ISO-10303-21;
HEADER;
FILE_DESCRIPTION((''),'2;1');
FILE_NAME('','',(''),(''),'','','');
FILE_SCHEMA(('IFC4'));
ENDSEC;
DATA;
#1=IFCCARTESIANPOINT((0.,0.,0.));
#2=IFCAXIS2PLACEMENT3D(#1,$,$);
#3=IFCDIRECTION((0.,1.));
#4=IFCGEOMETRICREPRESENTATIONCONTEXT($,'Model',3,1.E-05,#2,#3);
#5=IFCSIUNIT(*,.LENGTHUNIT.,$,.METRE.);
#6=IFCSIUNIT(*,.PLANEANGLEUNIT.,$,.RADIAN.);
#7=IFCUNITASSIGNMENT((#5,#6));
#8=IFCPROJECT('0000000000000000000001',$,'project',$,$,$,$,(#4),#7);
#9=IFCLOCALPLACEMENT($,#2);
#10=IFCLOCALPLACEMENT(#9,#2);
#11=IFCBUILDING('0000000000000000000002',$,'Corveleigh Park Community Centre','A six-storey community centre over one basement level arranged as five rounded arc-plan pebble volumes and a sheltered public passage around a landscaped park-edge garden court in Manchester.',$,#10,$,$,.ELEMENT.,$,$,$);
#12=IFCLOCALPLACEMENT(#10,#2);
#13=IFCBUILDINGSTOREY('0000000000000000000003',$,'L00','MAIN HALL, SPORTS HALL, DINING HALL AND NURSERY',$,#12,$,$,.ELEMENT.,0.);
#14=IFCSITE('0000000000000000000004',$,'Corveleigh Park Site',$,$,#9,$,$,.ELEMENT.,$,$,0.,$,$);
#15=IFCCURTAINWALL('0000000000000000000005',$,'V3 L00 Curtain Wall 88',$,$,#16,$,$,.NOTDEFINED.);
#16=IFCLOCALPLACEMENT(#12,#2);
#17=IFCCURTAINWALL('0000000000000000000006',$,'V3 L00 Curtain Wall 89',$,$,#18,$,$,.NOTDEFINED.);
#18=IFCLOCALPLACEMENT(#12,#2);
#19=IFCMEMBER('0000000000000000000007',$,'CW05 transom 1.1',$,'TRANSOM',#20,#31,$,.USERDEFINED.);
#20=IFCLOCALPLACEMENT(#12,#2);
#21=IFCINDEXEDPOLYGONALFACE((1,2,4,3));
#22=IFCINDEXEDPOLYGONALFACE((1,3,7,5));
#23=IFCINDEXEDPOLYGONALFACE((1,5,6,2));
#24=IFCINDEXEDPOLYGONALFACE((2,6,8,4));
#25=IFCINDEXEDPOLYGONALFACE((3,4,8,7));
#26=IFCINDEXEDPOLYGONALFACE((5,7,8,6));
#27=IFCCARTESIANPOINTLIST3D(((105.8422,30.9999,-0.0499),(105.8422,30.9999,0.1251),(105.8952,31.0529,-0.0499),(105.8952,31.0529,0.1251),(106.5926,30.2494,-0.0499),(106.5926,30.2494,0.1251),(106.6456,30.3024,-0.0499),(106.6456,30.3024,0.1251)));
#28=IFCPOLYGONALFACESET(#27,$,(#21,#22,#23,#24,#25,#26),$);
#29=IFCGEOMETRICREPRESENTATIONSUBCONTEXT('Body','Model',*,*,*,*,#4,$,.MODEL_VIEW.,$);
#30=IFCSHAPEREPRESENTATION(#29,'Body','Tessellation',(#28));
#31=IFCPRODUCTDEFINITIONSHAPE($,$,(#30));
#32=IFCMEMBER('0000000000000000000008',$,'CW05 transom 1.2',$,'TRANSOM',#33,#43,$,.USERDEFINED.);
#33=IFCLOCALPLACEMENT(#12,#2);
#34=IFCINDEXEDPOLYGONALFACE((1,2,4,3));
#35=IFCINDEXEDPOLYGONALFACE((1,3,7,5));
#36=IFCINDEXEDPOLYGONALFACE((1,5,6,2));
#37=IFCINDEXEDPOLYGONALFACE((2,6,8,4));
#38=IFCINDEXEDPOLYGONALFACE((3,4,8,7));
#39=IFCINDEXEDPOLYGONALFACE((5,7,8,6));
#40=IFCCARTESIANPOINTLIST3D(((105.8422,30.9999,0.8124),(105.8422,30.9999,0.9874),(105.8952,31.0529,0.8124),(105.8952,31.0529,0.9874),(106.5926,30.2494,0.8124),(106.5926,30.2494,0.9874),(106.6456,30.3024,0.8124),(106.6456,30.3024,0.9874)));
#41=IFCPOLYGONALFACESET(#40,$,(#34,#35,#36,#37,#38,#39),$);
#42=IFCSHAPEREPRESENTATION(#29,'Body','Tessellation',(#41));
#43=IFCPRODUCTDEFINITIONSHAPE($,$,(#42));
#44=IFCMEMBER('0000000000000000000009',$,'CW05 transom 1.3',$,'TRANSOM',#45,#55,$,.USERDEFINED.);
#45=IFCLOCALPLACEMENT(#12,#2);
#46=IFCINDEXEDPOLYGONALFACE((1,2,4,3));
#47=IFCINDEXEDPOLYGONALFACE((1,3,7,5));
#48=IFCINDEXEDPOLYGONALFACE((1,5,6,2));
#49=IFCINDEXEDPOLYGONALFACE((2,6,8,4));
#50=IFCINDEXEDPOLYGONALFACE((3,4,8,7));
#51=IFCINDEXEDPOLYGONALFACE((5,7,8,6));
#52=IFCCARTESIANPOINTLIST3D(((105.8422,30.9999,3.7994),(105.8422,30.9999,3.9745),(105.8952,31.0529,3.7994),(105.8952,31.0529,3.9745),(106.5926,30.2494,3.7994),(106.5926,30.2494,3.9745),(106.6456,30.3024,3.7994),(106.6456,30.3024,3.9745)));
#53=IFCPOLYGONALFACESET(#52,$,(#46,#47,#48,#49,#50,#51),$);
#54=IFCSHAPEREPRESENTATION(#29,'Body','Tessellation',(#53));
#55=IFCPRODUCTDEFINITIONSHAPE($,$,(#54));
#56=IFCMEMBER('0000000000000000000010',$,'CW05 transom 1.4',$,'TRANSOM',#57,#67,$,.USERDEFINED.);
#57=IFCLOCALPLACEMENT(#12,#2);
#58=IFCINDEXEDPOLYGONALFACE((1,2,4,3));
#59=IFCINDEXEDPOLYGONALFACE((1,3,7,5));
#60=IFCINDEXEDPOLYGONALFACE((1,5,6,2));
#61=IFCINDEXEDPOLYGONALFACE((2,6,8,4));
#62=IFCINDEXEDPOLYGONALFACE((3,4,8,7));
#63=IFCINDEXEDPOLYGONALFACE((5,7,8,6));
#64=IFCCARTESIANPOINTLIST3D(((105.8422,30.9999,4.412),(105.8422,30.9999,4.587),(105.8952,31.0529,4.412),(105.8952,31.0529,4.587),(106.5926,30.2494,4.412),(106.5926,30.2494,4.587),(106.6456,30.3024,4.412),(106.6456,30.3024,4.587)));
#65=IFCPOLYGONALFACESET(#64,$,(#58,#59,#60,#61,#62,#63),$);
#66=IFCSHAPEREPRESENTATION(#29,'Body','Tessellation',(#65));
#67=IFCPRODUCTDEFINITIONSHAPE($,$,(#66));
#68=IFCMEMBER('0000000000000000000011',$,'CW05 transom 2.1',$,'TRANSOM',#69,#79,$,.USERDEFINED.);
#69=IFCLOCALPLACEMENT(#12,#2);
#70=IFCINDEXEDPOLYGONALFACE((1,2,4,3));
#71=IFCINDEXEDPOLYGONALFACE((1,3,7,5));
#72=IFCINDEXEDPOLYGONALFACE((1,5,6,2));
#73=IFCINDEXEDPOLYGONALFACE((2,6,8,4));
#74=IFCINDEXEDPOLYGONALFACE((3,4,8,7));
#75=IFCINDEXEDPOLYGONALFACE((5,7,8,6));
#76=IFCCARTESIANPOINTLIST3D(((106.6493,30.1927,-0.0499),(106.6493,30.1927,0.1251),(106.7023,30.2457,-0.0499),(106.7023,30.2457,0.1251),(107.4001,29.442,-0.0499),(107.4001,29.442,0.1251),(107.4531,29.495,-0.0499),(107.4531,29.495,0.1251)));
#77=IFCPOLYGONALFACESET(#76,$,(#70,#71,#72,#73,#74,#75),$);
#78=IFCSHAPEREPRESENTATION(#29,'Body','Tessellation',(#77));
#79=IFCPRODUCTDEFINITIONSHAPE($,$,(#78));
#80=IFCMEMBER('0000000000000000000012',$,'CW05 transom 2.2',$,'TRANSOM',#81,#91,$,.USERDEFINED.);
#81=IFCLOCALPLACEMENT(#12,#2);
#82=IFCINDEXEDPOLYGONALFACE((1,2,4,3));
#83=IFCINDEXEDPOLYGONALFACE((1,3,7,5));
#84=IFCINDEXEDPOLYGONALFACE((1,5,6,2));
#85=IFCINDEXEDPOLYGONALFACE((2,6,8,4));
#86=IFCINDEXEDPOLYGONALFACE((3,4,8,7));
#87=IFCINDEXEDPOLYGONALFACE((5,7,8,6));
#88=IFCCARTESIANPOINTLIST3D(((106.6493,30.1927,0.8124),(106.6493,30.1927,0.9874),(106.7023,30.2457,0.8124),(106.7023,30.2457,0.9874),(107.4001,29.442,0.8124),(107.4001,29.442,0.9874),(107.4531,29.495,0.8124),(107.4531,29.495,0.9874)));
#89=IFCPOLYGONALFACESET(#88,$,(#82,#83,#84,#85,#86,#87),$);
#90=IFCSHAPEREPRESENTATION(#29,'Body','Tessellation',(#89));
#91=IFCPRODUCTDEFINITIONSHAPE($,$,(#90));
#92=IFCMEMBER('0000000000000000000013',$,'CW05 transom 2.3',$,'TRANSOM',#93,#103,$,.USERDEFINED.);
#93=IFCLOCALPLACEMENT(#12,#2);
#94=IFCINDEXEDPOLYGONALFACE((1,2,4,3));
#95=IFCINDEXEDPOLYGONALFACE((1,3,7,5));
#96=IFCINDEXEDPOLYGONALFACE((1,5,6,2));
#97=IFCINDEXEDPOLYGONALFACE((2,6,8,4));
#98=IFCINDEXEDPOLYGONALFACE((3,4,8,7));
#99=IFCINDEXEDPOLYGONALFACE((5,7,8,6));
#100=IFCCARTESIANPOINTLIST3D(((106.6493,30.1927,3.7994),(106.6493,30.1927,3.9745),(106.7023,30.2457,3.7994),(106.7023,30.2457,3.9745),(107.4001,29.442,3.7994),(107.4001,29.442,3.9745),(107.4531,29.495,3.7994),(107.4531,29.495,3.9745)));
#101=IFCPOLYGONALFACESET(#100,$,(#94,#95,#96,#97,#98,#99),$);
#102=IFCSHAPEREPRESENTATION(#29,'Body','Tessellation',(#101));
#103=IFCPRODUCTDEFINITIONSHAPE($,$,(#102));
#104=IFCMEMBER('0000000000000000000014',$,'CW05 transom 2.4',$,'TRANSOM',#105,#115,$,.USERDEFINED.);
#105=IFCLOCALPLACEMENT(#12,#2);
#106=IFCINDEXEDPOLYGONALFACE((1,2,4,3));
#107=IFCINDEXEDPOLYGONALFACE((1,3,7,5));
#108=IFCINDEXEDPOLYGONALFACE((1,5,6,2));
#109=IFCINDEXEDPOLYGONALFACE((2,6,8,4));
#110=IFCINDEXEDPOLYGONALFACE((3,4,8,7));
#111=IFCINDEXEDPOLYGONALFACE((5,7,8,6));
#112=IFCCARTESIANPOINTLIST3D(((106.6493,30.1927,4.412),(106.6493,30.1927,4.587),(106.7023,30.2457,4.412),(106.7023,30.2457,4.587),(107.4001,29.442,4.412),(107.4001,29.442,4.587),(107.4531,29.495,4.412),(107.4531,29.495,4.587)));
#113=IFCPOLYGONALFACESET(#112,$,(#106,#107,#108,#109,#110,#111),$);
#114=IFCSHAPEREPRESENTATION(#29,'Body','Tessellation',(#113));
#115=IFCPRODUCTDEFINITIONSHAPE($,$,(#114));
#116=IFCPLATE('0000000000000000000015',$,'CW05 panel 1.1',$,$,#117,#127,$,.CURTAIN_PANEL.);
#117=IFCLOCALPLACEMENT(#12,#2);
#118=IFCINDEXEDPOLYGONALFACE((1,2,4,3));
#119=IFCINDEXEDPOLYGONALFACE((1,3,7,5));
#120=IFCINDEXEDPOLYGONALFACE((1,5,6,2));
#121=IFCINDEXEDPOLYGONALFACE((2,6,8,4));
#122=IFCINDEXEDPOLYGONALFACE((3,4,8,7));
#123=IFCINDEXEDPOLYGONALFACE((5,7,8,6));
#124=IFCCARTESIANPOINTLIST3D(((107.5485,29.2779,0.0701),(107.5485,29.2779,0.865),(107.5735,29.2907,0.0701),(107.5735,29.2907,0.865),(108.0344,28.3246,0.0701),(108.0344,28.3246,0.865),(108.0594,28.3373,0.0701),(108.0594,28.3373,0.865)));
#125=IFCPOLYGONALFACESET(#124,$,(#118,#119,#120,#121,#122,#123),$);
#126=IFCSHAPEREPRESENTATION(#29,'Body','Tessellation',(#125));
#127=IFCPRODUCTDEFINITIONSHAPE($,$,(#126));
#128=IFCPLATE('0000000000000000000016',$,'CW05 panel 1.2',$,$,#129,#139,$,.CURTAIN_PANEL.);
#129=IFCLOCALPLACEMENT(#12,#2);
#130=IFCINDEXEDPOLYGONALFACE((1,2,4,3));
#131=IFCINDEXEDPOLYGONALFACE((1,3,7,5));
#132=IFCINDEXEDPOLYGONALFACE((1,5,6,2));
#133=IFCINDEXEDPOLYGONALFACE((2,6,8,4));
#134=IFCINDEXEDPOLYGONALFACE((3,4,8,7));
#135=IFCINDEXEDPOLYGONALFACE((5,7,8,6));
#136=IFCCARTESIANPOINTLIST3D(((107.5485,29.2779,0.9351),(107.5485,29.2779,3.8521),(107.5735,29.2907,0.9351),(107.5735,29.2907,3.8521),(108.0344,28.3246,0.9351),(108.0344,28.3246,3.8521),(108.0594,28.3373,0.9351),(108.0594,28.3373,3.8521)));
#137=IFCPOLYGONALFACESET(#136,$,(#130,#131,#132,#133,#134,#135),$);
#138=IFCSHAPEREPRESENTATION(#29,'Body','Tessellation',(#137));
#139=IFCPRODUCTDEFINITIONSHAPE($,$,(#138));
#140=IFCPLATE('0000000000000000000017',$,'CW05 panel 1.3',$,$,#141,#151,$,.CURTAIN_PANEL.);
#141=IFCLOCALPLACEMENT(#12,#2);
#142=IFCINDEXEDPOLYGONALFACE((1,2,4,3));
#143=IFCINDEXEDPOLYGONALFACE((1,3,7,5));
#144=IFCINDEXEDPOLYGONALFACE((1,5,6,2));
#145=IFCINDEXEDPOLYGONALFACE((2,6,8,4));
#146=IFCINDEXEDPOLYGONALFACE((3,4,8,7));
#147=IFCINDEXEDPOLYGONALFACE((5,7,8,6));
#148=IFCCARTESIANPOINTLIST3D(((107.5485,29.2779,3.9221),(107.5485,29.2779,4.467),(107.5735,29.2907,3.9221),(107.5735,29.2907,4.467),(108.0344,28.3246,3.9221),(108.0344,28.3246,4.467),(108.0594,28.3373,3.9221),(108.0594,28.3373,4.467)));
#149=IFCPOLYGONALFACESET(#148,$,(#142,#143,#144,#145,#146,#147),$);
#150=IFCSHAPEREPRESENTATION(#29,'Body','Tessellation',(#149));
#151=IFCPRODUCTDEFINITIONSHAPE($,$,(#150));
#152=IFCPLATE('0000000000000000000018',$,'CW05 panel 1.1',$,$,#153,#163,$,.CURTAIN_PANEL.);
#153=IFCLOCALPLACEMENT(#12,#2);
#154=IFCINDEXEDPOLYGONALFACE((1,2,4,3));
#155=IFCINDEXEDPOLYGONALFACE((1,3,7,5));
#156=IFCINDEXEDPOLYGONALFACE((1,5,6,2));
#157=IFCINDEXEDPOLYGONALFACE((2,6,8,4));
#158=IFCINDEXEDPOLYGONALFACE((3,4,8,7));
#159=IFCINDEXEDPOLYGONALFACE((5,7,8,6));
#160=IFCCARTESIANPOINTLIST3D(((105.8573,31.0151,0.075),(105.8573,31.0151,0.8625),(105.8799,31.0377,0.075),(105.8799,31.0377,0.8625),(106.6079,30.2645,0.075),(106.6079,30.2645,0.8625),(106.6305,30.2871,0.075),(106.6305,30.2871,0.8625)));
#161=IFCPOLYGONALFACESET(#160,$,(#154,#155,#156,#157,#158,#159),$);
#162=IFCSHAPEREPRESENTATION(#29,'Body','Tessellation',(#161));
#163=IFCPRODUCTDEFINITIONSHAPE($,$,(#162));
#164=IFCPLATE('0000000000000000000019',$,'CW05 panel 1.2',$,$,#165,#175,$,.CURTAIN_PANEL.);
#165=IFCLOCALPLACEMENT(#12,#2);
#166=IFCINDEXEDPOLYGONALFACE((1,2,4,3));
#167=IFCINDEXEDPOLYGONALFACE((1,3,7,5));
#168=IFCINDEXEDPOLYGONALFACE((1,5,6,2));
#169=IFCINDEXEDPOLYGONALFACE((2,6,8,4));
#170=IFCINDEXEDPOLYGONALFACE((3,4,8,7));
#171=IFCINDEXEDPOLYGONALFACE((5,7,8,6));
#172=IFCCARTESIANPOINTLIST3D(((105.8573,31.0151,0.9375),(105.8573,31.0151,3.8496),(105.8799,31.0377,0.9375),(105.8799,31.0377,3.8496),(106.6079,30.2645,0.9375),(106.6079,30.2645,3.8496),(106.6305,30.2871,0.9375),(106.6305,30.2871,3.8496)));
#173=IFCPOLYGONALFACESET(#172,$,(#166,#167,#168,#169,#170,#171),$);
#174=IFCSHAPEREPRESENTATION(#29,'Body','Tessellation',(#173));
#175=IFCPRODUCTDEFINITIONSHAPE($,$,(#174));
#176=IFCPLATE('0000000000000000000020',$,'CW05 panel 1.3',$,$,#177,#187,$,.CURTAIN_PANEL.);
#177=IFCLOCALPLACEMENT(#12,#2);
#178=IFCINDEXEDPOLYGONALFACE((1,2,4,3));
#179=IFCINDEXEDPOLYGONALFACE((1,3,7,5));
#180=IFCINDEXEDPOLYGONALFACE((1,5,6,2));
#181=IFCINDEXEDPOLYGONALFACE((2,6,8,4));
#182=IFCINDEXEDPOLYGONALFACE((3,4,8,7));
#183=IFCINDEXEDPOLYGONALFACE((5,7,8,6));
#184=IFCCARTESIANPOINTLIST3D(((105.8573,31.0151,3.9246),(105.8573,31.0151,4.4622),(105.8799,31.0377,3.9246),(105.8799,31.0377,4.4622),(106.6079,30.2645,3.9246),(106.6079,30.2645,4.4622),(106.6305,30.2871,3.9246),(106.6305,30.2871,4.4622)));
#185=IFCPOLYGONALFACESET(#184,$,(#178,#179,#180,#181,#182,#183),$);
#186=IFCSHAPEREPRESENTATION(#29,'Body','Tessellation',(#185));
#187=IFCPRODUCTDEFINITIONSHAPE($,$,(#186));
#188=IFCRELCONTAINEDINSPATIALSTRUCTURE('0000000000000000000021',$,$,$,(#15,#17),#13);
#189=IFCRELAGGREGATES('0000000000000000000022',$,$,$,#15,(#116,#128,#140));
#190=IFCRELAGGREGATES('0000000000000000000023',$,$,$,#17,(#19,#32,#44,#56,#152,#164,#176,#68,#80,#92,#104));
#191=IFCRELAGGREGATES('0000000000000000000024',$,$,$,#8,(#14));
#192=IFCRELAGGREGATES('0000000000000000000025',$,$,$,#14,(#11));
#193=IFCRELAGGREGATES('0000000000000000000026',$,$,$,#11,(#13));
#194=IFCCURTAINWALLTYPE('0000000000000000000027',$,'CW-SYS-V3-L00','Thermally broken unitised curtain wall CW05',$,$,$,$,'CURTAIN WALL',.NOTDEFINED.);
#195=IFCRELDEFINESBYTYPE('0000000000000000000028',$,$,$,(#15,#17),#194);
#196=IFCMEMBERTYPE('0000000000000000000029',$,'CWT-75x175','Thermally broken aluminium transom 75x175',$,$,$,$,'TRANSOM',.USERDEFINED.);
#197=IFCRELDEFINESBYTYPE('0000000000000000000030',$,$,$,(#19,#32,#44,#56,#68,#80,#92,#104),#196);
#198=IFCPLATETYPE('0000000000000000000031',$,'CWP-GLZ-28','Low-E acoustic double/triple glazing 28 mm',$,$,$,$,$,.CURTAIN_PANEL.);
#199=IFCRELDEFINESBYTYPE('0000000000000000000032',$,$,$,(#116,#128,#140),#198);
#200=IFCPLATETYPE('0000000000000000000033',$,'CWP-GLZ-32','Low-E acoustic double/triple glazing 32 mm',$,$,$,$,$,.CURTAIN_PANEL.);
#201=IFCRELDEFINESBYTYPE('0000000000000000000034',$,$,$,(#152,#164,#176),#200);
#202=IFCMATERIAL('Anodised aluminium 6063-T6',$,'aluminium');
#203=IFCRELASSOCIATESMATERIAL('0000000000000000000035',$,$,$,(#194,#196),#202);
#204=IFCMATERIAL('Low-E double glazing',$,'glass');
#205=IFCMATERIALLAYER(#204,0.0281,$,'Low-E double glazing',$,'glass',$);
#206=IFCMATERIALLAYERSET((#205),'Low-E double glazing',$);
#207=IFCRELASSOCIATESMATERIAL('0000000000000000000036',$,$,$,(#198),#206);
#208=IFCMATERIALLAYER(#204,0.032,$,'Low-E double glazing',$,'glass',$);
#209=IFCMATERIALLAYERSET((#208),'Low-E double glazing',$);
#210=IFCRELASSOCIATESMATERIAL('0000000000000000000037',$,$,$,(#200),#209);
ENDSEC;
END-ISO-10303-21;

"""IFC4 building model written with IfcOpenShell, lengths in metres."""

from ifc_helpers import new_model, si_unit, direction, frame, origin, origin_2d, place, context, subcontext, project, spatial, rectangle, extrude, material, layer, layer_set, material_profile, profile_set, type_object, element, aggregate, save


model = new_model("IFC4")

# Units and contexts
model_context = context("Model", 3, precision=1e-05, world=origin(), true_north=direction((0.0, 1.0)))
body_context = subcontext(model_context, "Body", "Model", "MODEL_VIEW")
ifc_project = project(units=[si_unit("LENGTHUNIT", "METRE"), si_unit("PLANEANGLEUNIT", "RADIAN")], contexts=[model_context])

# Site, building, storey
site_placement = place(None, origin())
site = spatial("IfcSite", under=ifc_project, at=site_placement, Name="Corveleigh Park Site", CompositionType="ELEMENT", RefElevation=0.0)
building_placement = place(site_placement, origin())
building = spatial("IfcBuilding", under=site, at=building_placement, Name="Corveleigh Park Community Centre", Description="A six-storey community centre over one basement level arranged as five rounded arc-plan pebble volumes and a sheltered public passage around a landscaped park-edge garden court in Manchester.", CompositionType="ELEMENT")
storey_placement = place(building_placement, origin())
storey = spatial("IfcBuildingStorey", under=building, at=storey_placement, Name="L00", Description="MAIN HALL, SPORTS HALL, DINING HALL AND NURSERY", CompositionType="ELEMENT", Elevation=0.0)

# Curtain walls
ifc_material_1 = material(Name="Anodised aluminium 6063-T6", Category="aluminium")
curtain_wall_type = type_object("IfcCurtainWallType", Name="CW-SYS-V3-L00", Description="Thermally broken unitised curtain wall CW05", ElementType="CURTAIN WALL", PredefinedType="NOTDEFINED", material=ifc_material_1)
curtain_wall_1_placement = place(storey_placement, origin())
curtain_wall_1 = element("IfcCurtainWall", 1, at=curtain_wall_1_placement, inside=storey, type_object=curtain_wall_type, Name="V3 L00 Curtain Wall 88", PredefinedType="NOTDEFINED")
curtain_wall_2_placement = place(storey_placement, origin())
curtain_wall_2 = element("IfcCurtainWall", 2, at=curtain_wall_2_placement, inside=storey, type_object=curtain_wall_type, Name="V3 L00 Curtain Wall 89", PredefinedType="NOTDEFINED")

# Members
ifc_material_profile_1 = material_profile(ifc_material_1, rectangle(XDim=0.075, YDim=0.175, at=origin_2d()), Name="ALU-T75x175", Category="aluminium")
ifc_profile_set_1 = profile_set([ifc_material_profile_1], Name="Anodised aluminium 6063-T6")
member_type_1 = type_object("IfcMemberType", Name="CWT-75x175", Description="Thermally broken aluminium transom 75x175", ElementType="TRANSOM", PredefinedType="USERDEFINED", material=ifc_profile_set_1)
member_1_placement = place(storey_placement, frame((105.8687, 31.0264, 0.0376), z_axis=(0.707107, -0.707107, 0.0), x_axis=(0.707107, 0.707107, 0.0)))
member_1 = element("IfcMember", 3, at=member_1_placement, type_object=member_type_1, Name="CW05 transom 1.1", ObjectType="TRANSOM", PredefinedType="USERDEFINED", context=body_context, shape_type="SweptSolid", body=[
    extrude(rectangle(XDim=0.075, YDim=0.175, at=origin_2d()), origin(), (0.0, 0.0, 1.0), 1.0613),
])
member_2_placement = place(storey_placement, frame((105.8687, 31.0264, 0.8999), z_axis=(0.707107, -0.707107, 0.0), x_axis=(0.707107, 0.707107, 0.0)))
member_2 = element("IfcMember", 4, at=member_2_placement, type_object=member_type_1, Name="CW05 transom 1.2", ObjectType="TRANSOM", PredefinedType="USERDEFINED", context=body_context, shape_type="SweptSolid", body=[
    extrude(rectangle(XDim=0.075, YDim=0.175, at=origin_2d()), origin(), (0.0, 0.0, 1.0), 1.0613),
])
member_3_placement = place(storey_placement, frame((105.8687, 31.0264, 3.887), z_axis=(0.707107, -0.707107, 0.0), x_axis=(0.707107, 0.707107, 0.0)))
member_3 = element("IfcMember", 5, at=member_3_placement, type_object=member_type_1, Name="CW05 transom 1.3", ObjectType="TRANSOM", PredefinedType="USERDEFINED", context=body_context, shape_type="SweptSolid", body=[
    extrude(rectangle(XDim=0.075, YDim=0.175, at=origin_2d()), origin(), (0.0, 0.0, 1.0), 1.0613),
])
member_4_placement = place(storey_placement, frame((105.8687, 31.0264, 4.4995), z_axis=(0.707107, -0.707107, 0.0), x_axis=(0.707107, 0.707107, 0.0)))
member_4 = element("IfcMember", 6, at=member_4_placement, type_object=member_type_1, Name="CW05 transom 1.4", ObjectType="TRANSOM", PredefinedType="USERDEFINED", context=body_context, shape_type="SweptSolid", body=[
    extrude(rectangle(XDim=0.075, YDim=0.175, at=origin_2d()), origin(), (0.0, 0.0, 1.0), 1.0613),
])
member_5_placement = place(storey_placement, frame((106.6758, 30.2192, 0.0376), z_axis=(0.707107, -0.707107, 0.0), x_axis=(0.707107, 0.707107, 0.0)))
member_5 = element("IfcMember", 7, at=member_5_placement, type_object=member_type_1, Name="CW05 transom 2.1", ObjectType="TRANSOM", PredefinedType="USERDEFINED", context=body_context, shape_type="SweptSolid", body=[
    extrude(rectangle(XDim=0.075, YDim=0.175, at=origin_2d()), origin(), (0.0, 0.0, 1.0), 1.0618),
])
member_6_placement = place(storey_placement, frame((106.6758, 30.2192, 0.8999), z_axis=(0.707107, -0.707107, 0.0), x_axis=(0.707107, 0.707107, 0.0)))
member_6 = element("IfcMember", 8, at=member_6_placement, type_object=member_type_1, Name="CW05 transom 2.2", ObjectType="TRANSOM", PredefinedType="USERDEFINED", context=body_context, shape_type="SweptSolid", body=[
    extrude(rectangle(XDim=0.075, YDim=0.175, at=origin_2d()), origin(), (0.0, 0.0, 1.0), 1.0618),
])
member_7_placement = place(storey_placement, frame((106.6758, 30.2192, 3.887), z_axis=(0.707107, -0.707107, 0.0), x_axis=(0.707107, 0.707107, 0.0)))
member_7 = element("IfcMember", 9, at=member_7_placement, type_object=member_type_1, Name="CW05 transom 2.3", ObjectType="TRANSOM", PredefinedType="USERDEFINED", context=body_context, shape_type="SweptSolid", body=[
    extrude(rectangle(XDim=0.075, YDim=0.175, at=origin_2d()), origin(), (0.0, 0.0, 1.0), 1.0618),
])
member_8_placement = place(storey_placement, frame((106.6758, 30.2192, 4.4995), z_axis=(0.707107, -0.707107, 0.0), x_axis=(0.707107, 0.707107, 0.0)))
member_8 = element("IfcMember", 10, at=member_8_placement, type_object=member_type_1, Name="CW05 transom 2.4", ObjectType="TRANSOM", PredefinedType="USERDEFINED", context=body_context, shape_type="SweptSolid", body=[
    extrude(rectangle(XDim=0.075, YDim=0.175, at=origin_2d()), origin(), (0.0, 0.0, 1.0), 1.0618),
])

# Plates
ifc_material_2 = material(Name="Low-E double glazing", Category="glass")
ifc_layer_1 = layer(ifc_material_2, 0.0281, Name="Low-E double glazing", Category="glass")
ifc_layer_set_1 = layer_set([ifc_layer_1], Name="Low-E double glazing")
plate_type_1 = type_object("IfcPlateType", Name="CWP-GLZ-28", Description="Low-E acoustic double/triple glazing 28 mm", PredefinedType="CURTAIN_PANEL", material=ifc_layer_set_1)
plate_1_placement = place(storey_placement, frame((107.804, 28.8076, 0.0701), z_axis=(0.0, 0.0, 1.0), x_axis=(0.454135, -0.890933, 0.0)))
plate_1 = element("IfcPlate", 11, at=plate_1_placement, type_object=plate_type_1, Name="CW05 panel 1.1", PredefinedType="CURTAIN_PANEL", context=body_context, shape_type="SweptSolid", body=[
    extrude(rectangle(XDim=1.0701, YDim=0.0281, at=origin_2d()), origin(), (0.0, 0.0, 1.0), 0.7949),
])
plate_2_placement = place(storey_placement, frame((107.804, 28.8076, 0.9351), z_axis=(0.0, 0.0, 1.0), x_axis=(0.454135, -0.890933, 0.0)))
plate_2 = element("IfcPlate", 12, at=plate_2_placement, type_object=plate_type_1, Name="CW05 panel 1.2", PredefinedType="CURTAIN_PANEL", context=body_context, shape_type="SweptSolid", body=[
    extrude(rectangle(XDim=1.0701, YDim=0.0281, at=origin_2d()), origin(), (0.0, 0.0, 1.0), 2.917),
])
plate_3_placement = place(storey_placement, frame((107.804, 28.8076, 3.9221), z_axis=(0.0, 0.0, 1.0), x_axis=(0.454135, -0.890933, 0.0)))
plate_3 = element("IfcPlate", 13, at=plate_3_placement, type_object=plate_type_1, Name="CW05 panel 1.3", PredefinedType="CURTAIN_PANEL", context=body_context, shape_type="SweptSolid", body=[
    extrude(rectangle(XDim=1.0701, YDim=0.0281, at=origin_2d()), origin(), (0.0, 0.0, 1.0), 0.5449),
])
aggregate(curtain_wall_1, [plate_1, plate_2, plate_3])
ifc_layer_2 = layer(ifc_material_2, 0.032, Name="Low-E double glazing", Category="glass")
ifc_layer_set_2 = layer_set([ifc_layer_2], Name="Low-E double glazing")
plate_type_2 = type_object("IfcPlateType", Name="CWP-GLZ-32", Description="Low-E acoustic double/triple glazing 32 mm", PredefinedType="CURTAIN_PANEL", material=ifc_layer_set_2)
plate_4_placement = place(storey_placement, frame((106.2439, 30.6511, 0.075), z_axis=(0.0, 0.0, 1.0), x_axis=(0.707107, -0.707107, 0.0)))
plate_4 = element("IfcPlate", 14, at=plate_4_placement, type_object=plate_type_2, Name="CW05 panel 1.1", PredefinedType="CURTAIN_PANEL", context=body_context, shape_type="SweptSolid", body=[
    extrude(rectangle(XDim=1.0615, YDim=0.032, at=origin_2d()), origin(), (0.0, 0.0, 1.0), 0.7876),
])
plate_5_placement = place(storey_placement, frame((106.2439, 30.6511, 0.9375), z_axis=(0.0, 0.0, 1.0), x_axis=(0.707107, -0.707107, 0.0)))
plate_5 = element("IfcPlate", 15, at=plate_5_placement, type_object=plate_type_2, Name="CW05 panel 1.2", PredefinedType="CURTAIN_PANEL", context=body_context, shape_type="SweptSolid", body=[
    extrude(rectangle(XDim=1.0615, YDim=0.032, at=origin_2d()), origin(), (0.0, 0.0, 1.0), 2.9121),
])
plate_6_placement = place(storey_placement, frame((106.2439, 30.6511, 3.9246), z_axis=(0.0, 0.0, 1.0), x_axis=(0.707107, -0.707107, 0.0)))
plate_6 = element("IfcPlate", 16, at=plate_6_placement, type_object=plate_type_2, Name="CW05 panel 1.3", PredefinedType="CURTAIN_PANEL", context=body_context, shape_type="SweptSolid", body=[
    extrude(rectangle(XDim=1.0615, YDim=0.032, at=origin_2d()), origin(), (0.0, 0.0, 1.0), 0.5376),
])
aggregate(curtain_wall_2, [member_1, member_2, member_3, member_4, plate_4, plate_5, plate_6, member_5, member_6, member_7, member_8])

save(model, "model.ifc")
